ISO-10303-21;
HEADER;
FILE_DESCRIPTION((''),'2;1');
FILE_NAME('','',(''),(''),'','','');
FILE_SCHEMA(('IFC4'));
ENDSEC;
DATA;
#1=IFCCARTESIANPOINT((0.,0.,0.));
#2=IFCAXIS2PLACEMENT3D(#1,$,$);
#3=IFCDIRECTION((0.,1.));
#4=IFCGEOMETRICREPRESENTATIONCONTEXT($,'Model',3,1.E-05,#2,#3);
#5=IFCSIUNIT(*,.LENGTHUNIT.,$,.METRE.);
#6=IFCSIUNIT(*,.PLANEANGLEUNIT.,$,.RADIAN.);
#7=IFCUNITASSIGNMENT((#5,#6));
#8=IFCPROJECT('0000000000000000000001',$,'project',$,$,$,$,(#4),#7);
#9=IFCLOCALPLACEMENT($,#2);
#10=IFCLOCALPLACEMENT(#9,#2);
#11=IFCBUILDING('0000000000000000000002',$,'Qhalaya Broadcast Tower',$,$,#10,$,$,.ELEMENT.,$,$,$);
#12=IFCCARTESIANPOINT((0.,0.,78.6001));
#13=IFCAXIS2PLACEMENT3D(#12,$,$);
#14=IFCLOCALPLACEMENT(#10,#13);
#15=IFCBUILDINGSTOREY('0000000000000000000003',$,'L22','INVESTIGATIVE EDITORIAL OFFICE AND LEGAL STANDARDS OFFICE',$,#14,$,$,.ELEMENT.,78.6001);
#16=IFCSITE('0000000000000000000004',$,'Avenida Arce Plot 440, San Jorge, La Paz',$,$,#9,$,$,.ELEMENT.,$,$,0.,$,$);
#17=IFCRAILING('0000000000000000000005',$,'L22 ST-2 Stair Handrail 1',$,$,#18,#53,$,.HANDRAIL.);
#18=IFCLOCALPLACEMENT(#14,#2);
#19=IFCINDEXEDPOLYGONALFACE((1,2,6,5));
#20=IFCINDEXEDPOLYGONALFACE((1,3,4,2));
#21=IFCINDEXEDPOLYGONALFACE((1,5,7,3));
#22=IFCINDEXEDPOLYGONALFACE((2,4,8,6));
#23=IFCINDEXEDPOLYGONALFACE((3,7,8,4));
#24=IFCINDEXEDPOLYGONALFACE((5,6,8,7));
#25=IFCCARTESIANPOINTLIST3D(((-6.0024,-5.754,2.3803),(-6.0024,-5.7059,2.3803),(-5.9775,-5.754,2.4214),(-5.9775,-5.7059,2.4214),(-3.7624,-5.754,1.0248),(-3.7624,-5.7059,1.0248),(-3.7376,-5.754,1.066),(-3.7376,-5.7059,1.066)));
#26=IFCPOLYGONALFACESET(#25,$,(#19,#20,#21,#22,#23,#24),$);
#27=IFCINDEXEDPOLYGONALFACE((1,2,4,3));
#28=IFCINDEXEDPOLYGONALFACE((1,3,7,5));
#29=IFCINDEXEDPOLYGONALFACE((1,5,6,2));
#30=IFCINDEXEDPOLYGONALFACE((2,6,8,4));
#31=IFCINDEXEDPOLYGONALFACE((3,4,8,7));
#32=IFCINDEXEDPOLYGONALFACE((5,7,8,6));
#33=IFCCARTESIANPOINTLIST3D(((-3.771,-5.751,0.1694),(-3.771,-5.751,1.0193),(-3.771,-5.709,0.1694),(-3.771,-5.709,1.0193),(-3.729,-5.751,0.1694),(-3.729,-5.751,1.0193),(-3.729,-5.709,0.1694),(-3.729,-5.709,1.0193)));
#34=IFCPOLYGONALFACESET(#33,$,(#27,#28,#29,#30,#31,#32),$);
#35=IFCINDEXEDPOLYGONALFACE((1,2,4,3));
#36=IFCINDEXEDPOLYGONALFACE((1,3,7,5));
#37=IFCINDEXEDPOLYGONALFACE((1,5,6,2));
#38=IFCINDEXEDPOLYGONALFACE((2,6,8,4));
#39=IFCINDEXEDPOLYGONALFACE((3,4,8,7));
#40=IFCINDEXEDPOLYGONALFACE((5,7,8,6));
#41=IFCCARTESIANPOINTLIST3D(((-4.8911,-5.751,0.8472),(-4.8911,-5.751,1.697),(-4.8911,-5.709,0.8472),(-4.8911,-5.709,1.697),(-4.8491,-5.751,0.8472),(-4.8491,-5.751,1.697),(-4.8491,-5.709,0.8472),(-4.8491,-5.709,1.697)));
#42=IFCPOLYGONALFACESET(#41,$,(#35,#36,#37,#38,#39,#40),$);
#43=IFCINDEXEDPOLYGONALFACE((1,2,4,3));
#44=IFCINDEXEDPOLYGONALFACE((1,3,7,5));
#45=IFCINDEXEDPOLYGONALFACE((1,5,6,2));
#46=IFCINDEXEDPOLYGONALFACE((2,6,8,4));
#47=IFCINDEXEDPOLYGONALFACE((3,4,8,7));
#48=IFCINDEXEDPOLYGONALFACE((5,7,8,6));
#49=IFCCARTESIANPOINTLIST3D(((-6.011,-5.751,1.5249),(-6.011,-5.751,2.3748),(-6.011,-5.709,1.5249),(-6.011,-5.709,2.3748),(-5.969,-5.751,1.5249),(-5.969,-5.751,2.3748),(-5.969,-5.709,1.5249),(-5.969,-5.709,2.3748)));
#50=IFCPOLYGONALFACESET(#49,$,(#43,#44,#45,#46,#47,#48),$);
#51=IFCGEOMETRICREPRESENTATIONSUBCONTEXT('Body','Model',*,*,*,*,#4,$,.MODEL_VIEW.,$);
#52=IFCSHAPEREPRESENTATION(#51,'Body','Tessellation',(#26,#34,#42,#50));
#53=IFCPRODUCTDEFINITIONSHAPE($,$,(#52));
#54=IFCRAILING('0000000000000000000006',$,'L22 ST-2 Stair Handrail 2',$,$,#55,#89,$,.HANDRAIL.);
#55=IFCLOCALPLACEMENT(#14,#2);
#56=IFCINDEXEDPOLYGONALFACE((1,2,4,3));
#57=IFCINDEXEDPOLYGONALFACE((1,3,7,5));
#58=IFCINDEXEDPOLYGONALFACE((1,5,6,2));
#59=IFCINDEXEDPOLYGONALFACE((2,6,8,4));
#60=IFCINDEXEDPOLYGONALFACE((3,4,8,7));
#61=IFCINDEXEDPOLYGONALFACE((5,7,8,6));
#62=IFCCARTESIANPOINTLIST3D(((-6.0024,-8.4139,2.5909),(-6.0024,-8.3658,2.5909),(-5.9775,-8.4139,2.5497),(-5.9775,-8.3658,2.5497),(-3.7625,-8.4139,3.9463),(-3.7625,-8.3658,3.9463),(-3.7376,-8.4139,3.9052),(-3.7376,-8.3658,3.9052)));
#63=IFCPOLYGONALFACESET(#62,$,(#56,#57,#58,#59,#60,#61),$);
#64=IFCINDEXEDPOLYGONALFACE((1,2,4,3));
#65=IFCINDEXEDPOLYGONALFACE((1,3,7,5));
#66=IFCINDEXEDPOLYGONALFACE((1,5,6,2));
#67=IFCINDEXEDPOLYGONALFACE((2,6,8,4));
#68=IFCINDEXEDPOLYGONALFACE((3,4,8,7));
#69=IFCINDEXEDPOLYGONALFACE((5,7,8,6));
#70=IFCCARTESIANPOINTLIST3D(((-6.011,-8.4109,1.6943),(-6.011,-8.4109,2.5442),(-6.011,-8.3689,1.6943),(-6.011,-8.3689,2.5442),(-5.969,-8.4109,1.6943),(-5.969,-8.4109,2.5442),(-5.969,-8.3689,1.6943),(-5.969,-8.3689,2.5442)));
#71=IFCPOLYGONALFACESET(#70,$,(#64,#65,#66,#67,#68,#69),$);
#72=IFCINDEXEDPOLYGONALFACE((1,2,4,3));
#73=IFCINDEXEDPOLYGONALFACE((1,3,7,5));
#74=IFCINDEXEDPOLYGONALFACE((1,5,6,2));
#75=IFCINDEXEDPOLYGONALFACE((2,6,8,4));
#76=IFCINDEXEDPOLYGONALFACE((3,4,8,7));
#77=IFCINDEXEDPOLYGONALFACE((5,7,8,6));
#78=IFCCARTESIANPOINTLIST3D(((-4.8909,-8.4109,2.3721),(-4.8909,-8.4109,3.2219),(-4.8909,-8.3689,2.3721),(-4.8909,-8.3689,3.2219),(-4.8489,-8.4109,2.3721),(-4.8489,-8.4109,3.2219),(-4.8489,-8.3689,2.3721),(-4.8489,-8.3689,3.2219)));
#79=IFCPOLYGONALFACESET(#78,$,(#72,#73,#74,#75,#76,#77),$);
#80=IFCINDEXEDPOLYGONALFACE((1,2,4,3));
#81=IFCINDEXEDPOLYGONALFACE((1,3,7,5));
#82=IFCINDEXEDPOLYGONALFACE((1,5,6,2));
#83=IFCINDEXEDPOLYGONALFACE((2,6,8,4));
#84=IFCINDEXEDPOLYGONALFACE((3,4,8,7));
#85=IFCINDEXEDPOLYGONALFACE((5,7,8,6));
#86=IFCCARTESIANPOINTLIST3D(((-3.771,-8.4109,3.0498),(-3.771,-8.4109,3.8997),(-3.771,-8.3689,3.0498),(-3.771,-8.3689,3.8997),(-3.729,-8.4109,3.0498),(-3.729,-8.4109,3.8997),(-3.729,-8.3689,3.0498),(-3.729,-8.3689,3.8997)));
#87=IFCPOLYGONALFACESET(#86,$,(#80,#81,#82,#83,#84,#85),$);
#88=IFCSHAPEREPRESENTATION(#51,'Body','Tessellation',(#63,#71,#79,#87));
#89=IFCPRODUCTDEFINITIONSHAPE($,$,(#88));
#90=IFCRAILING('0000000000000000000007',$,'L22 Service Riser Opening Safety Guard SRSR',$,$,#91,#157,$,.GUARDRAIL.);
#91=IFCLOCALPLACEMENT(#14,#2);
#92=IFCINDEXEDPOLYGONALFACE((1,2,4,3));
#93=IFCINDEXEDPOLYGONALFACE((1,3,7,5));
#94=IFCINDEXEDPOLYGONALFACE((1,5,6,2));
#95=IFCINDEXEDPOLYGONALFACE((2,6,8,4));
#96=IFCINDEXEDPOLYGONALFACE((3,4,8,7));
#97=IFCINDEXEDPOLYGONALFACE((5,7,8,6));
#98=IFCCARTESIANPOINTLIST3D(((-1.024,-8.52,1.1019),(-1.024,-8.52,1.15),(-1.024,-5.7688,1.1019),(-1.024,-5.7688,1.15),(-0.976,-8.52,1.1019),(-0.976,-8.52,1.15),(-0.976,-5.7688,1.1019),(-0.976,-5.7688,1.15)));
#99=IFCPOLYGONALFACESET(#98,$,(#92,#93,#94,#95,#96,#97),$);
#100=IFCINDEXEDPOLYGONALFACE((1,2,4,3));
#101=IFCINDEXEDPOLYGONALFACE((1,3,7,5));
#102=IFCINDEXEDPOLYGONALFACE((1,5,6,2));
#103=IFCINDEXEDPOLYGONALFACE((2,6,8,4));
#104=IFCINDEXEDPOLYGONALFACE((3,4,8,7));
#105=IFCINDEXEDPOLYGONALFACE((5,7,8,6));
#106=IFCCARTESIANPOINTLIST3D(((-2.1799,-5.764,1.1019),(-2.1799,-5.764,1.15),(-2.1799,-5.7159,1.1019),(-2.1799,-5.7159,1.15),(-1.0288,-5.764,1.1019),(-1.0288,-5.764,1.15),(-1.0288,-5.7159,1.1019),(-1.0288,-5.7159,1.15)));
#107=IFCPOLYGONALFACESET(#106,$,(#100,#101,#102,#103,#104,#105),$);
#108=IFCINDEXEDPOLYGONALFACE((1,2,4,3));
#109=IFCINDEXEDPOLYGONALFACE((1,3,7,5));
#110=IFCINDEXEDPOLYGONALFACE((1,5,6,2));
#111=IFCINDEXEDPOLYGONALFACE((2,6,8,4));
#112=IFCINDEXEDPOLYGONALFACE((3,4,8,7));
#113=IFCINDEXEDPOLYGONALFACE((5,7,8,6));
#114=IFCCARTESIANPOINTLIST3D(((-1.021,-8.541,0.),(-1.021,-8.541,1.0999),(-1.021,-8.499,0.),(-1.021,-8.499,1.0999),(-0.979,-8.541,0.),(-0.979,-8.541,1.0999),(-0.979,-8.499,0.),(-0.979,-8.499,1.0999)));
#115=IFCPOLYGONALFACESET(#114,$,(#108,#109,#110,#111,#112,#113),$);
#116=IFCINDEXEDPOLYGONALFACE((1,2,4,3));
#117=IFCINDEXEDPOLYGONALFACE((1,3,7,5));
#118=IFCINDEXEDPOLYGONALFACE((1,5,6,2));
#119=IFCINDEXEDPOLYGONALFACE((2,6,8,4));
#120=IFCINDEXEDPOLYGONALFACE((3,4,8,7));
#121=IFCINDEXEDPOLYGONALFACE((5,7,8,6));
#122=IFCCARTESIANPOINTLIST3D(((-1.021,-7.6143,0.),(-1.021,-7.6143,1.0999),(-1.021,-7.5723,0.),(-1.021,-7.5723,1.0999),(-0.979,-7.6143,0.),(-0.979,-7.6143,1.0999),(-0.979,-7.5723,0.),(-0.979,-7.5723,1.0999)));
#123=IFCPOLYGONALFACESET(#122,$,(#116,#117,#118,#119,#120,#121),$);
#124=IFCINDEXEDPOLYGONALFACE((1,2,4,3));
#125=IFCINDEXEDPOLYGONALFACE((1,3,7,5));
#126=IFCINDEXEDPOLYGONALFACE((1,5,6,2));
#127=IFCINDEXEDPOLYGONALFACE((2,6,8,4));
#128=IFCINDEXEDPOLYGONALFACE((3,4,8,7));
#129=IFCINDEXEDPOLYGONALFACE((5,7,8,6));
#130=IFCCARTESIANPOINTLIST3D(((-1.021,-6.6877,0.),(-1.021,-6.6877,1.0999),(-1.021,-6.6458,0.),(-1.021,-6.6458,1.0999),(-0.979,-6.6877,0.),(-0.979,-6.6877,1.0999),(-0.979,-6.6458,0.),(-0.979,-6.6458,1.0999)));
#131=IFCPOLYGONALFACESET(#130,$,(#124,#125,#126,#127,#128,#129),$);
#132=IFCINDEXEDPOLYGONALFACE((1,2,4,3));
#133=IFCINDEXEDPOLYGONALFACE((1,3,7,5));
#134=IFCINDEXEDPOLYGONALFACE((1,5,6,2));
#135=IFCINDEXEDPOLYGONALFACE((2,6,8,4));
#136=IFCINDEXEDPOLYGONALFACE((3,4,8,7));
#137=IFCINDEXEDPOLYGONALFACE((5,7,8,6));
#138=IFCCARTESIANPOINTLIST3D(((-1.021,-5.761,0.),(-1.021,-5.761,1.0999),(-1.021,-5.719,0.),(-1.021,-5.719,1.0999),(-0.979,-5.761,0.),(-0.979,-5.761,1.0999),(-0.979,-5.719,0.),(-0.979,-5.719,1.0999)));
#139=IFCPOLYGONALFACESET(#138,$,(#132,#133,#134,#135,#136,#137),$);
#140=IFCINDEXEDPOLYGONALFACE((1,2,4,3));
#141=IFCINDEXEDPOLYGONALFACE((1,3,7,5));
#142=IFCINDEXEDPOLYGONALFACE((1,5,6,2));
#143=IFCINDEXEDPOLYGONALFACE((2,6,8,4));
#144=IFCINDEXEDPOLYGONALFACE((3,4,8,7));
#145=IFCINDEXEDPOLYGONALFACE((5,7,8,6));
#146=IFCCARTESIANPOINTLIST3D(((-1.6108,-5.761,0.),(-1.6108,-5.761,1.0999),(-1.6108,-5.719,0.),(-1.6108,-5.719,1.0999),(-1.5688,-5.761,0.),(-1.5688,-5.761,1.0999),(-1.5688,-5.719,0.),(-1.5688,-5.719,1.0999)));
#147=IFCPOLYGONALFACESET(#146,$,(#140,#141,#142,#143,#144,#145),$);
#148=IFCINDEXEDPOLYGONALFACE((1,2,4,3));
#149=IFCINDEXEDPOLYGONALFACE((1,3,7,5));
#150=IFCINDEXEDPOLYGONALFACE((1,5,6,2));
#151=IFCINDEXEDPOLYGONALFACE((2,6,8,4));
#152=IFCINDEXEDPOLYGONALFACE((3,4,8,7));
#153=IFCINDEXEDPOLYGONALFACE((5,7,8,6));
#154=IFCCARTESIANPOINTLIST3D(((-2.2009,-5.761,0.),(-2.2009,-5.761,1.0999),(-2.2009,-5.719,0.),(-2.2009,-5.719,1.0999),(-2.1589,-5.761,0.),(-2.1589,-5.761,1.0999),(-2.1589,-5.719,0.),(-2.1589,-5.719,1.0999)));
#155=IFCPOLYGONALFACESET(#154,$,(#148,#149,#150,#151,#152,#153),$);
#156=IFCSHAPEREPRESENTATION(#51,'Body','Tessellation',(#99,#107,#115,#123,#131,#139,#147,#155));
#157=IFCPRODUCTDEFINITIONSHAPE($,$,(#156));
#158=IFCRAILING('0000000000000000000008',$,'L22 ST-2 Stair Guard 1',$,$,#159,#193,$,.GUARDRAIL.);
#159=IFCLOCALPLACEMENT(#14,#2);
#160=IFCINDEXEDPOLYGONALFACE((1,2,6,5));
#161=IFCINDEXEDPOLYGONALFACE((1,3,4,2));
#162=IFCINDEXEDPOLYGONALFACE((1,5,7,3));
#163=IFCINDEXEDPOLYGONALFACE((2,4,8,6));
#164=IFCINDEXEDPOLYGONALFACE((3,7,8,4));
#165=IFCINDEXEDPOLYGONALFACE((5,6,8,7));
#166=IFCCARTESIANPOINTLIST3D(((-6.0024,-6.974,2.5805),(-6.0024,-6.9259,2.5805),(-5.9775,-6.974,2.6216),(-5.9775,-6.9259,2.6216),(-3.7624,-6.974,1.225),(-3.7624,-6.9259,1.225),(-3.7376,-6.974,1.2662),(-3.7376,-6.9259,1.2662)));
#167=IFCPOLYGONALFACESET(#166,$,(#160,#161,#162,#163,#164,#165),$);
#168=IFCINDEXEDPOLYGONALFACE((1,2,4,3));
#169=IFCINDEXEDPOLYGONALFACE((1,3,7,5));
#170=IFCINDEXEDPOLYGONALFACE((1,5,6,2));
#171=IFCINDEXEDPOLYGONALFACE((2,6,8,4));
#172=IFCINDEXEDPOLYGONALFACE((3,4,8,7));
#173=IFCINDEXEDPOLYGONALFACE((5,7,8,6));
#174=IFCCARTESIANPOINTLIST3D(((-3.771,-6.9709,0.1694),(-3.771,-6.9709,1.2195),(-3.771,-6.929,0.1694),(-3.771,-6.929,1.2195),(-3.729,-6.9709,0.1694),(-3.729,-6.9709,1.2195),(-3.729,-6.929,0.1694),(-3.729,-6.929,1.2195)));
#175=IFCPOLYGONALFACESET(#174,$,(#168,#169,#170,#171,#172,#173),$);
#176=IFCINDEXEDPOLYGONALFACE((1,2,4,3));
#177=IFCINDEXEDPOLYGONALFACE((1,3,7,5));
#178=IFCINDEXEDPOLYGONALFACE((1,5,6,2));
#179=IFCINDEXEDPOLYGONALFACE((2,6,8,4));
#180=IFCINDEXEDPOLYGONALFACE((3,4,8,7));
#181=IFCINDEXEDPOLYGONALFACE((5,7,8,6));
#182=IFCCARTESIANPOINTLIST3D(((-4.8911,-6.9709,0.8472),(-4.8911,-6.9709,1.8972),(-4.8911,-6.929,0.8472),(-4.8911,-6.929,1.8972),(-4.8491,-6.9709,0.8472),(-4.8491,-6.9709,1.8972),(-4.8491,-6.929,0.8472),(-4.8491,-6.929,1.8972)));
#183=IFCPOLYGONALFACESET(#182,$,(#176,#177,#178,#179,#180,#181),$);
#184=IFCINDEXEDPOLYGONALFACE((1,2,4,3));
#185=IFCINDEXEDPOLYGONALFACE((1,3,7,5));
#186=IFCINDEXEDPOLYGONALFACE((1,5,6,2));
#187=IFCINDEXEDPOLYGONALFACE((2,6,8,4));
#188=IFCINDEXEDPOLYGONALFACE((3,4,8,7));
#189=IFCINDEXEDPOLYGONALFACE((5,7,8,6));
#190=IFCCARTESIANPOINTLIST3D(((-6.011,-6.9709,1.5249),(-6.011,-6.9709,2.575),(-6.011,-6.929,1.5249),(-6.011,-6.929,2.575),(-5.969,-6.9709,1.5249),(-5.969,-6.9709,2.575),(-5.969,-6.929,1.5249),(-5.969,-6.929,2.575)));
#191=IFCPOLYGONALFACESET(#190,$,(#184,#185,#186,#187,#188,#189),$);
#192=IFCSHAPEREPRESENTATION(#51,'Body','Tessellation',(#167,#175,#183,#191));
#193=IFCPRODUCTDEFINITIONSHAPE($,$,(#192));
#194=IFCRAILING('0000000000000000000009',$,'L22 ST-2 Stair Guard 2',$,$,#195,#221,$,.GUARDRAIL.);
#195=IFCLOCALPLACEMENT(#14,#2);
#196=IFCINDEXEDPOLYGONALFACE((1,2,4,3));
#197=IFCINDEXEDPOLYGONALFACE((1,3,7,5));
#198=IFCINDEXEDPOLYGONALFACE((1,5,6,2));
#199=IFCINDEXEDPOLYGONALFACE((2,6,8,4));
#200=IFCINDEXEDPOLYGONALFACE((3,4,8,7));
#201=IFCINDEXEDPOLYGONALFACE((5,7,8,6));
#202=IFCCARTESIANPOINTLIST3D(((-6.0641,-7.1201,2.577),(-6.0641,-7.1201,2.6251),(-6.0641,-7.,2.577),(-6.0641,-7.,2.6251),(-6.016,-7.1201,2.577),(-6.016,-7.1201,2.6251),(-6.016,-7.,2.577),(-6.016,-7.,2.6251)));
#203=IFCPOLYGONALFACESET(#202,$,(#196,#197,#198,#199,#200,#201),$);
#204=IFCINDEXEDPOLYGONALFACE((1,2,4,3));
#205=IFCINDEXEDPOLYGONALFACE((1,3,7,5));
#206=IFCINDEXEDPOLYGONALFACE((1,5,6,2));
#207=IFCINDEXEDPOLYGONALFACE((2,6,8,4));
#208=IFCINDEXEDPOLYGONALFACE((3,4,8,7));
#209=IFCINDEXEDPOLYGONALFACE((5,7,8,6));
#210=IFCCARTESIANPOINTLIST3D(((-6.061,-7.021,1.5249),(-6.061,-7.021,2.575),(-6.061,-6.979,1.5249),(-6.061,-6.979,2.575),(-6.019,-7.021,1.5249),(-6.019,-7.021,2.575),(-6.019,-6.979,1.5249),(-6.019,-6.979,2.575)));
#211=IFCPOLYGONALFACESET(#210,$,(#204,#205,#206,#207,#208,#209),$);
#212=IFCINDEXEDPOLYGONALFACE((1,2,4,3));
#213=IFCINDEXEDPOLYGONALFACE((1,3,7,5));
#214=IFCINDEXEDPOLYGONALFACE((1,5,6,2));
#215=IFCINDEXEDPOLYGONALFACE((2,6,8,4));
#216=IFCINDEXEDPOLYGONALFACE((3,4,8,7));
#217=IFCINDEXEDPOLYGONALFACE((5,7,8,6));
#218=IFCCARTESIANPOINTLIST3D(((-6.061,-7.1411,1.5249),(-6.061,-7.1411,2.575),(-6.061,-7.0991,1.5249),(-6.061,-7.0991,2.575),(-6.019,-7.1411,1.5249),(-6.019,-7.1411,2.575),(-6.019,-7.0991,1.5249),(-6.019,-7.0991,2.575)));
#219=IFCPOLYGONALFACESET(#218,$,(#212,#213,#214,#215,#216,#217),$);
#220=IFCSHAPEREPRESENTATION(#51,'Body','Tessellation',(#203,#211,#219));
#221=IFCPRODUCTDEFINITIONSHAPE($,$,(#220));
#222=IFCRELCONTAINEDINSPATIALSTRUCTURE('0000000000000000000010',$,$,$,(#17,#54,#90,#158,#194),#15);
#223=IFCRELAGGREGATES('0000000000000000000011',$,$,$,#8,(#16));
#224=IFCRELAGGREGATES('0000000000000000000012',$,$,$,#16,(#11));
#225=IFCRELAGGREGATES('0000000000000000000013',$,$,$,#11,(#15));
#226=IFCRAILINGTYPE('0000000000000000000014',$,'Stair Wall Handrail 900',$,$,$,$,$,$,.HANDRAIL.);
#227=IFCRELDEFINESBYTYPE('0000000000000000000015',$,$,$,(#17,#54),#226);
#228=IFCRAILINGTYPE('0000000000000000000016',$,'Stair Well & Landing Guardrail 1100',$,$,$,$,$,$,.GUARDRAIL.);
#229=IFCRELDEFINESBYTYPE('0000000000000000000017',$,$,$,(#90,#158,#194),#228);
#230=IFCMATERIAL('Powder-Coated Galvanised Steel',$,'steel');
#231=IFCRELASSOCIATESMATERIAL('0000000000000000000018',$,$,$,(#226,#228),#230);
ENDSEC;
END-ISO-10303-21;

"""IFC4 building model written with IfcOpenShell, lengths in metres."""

from ifc_helpers import new_model, si_unit, direction, frame, origin, origin_2d, place, context, subcontext, project, spatial, rectangle, extrude, material, type_object, element, save


model = new_model("IFC4")

# Units and contexts
model_context = context("Model", 3, precision=1e-05, world=origin(), true_north=direction((0.0, 1.0)))
body_context = subcontext(model_context, "Body", "Model", "MODEL_VIEW")
ifc_project = project(units=[si_unit("LENGTHUNIT", "METRE"), si_unit("PLANEANGLEUNIT", "RADIAN")], contexts=[model_context])

# Site, building, storey
site_placement = place(None, origin())
site = spatial("IfcSite", under=ifc_project, at=site_placement, Name="Avenida Arce Plot 440, San Jorge, La Paz", CompositionType="ELEMENT", RefElevation=0.0)
building_placement = place(site_placement, origin())
building = spatial("IfcBuilding", under=site, at=building_placement, Name="Qhalaya Broadcast Tower", CompositionType="ELEMENT")
storey_placement = place(building_placement, frame((0.0, 0.0, 78.6001)))
storey = spatial("IfcBuildingStorey", under=building, at=storey_placement, Name="L22", Description="INVESTIGATIVE EDITORIAL OFFICE AND LEGAL STANDARDS OFFICE", CompositionType="ELEMENT", Elevation=78.6001)

# Railings
ifc_material_1 = material(Name="Powder-Coated Galvanised Steel", Category="steel")
railing_type_1 = type_object("IfcRailingType", Name="Stair Wall Handrail 900", PredefinedType="HANDRAIL", material=ifc_material_1)
railing_1_placement = place(storey_placement, frame((-3.75, -5.73, 0.1694)))
element("IfcRailing", 1, at=railing_1_placement, inside=storey, type_object=railing_type_1, Name="L22 ST-2 Stair Handrail 1", PredefinedType="HANDRAIL", context=body_context, shape_type="SweptSolid", body=[
    extrude(rectangle(XDim=0.0481, YDim=0.0481, at=origin_2d()), frame((0.0, 0.0, 0.876), z_axis=(-0.855553, 0.0, 0.517715), x_axis=(0.0, -1.0, 0.0)), (0.0, 0.0, 1.0), 2.6182),
    extrude(rectangle(XDim=0.042, YDim=0.042, at=origin_2d()), origin(), (0.0, 0.0, 1.0), 0.8499),
    extrude(rectangle(XDim=0.042, YDim=0.042, at=origin_2d()), frame((-1.1201, 0.0, 0.6777)), (0.0, 0.0, 1.0), 0.8499),
    extrude(rectangle(XDim=0.042, YDim=0.042, at=origin_2d()), frame((-2.24, 0.0, 1.3555)), (0.0, 0.0, 1.0), 0.8499),
])
railing_2_placement = place(storey_placement, frame((-5.99, -8.3899, 1.6943)))
element("IfcRailing", 2, at=railing_2_placement, inside=storey, type_object=railing_type_1, Name="L22 ST-2 Stair Handrail 2", PredefinedType="HANDRAIL", context=body_context, shape_type="SweptSolid", body=[
    extrude(rectangle(XDim=0.0481, YDim=0.0481, at=origin_2d()), frame((0.0, 0.0, 0.876), z_axis=(0.855553, 0.0, 0.517715), x_axis=(0.0, 1.0, 0.0)), (0.0, 0.0, 1.0), 2.6182),
    extrude(rectangle(XDim=0.042, YDim=0.042, at=origin_2d()), origin(), (0.0, 0.0, 1.0), 0.8499),
    extrude(rectangle(XDim=0.042, YDim=0.042, at=origin_2d()), frame((1.1201, 0.0, 0.6777)), (0.0, 0.0, 1.0), 0.8499),
    extrude(rectangle(XDim=0.042, YDim=0.042, at=origin_2d()), frame((2.24, 0.0, 1.3555)), (0.0, 0.0, 1.0), 0.8499),
])
railing_type_2 = type_object("IfcRailingType", Name="Stair Well & Landing Guardrail 1100", PredefinedType="GUARDRAIL", material=ifc_material_1)
railing_3_placement = place(storey_placement, frame((-1.0, -8.52, 0.0)))
element("IfcRailing", 3, at=railing_3_placement, inside=storey, type_object=railing_type_2, Name="L22 Service Riser Opening Safety Guard SRSR", PredefinedType="GUARDRAIL", context=body_context, shape_type="SweptSolid", body=[
    extrude(rectangle(XDim=0.0481, YDim=0.0481, at=origin_2d()), frame((0.0, 0.0, 1.126), z_axis=(0.0, 1.0, 0.0), x_axis=(-1.0, 0.0, 0.0)), (0.0, 0.0, 1.0), 2.7512),
    extrude(rectangle(XDim=0.0481, YDim=0.0481, at=origin_2d()), frame((-0.0288, 2.78, 1.126), z_axis=(-1.0, 0.0, 0.0), x_axis=(0.0, -1.0, 0.0)), (0.0, 0.0, 1.0), 1.1511),
    extrude(rectangle(XDim=0.042, YDim=0.042, at=origin_2d()), origin(), (0.0, 0.0, 1.0), 1.0999),
    extrude(rectangle(XDim=0.042, YDim=0.042, at=origin_2d()), frame((0.0, 0.9268, 0.0)), (0.0, 0.0, 1.0), 1.0999),
    extrude(rectangle(XDim=0.042, YDim=0.042, at=origin_2d()), frame((0.0, 1.8533, 0.0)), (0.0, 0.0, 1.0), 1.0999),
    extrude(rectangle(XDim=0.042, YDim=0.042, at=origin_2d()), frame((0.0, 2.78, 0.0)), (0.0, 0.0, 1.0), 1.0999),
    extrude(rectangle(XDim=0.042, YDim=0.042, at=origin_2d()), frame((-0.5898, 2.78, 0.0)), (0.0, 0.0, 1.0), 1.0999),
    extrude(rectangle(XDim=0.042, YDim=0.042, at=origin_2d()), frame((-1.1799, 2.78, 0.0)), (0.0, 0.0, 1.0), 1.0999),
])
railing_4_placement = place(storey_placement, frame((-3.75, -6.95, 0.1694)))
element("IfcRailing", 4, at=railing_4_placement, inside=storey, type_object=railing_type_2, Name="L22 ST-2 Stair Guard 1", PredefinedType="GUARDRAIL", context=body_context, shape_type="SweptSolid", body=[
    extrude(rectangle(XDim=0.0481, YDim=0.0481, at=origin_2d()), frame((0.0, 0.0, 1.0762), z_axis=(-0.855553, 0.0, 0.517715), x_axis=(0.0, -1.0, 0.0)), (0.0, 0.0, 1.0), 2.6182),
    extrude(rectangle(XDim=0.042, YDim=0.042, at=origin_2d()), origin(), (0.0, 0.0, 1.0), 1.05),
    extrude(rectangle(XDim=0.042, YDim=0.042, at=origin_2d()), frame((-1.1201, 0.0, 0.6777)), (0.0, 0.0, 1.0), 1.05),
    extrude(rectangle(XDim=0.042, YDim=0.042, at=origin_2d()), frame((-2.24, 0.0, 1.3555)), (0.0, 0.0, 1.0), 1.05),
])
railing_5_placement = place(storey_placement, frame((-6.04, -7.0, 1.5249)))
element("IfcRailing", 5, at=railing_5_placement, inside=storey, type_object=railing_type_2, Name="L22 ST-2 Stair Guard 2", PredefinedType="GUARDRAIL", context=body_context, shape_type="SweptSolid", body=[
    extrude(rectangle(XDim=0.0481, YDim=0.0481, at=origin_2d()), frame((0.0, 0.0, 1.0762), z_axis=(0.0, -1.0, 0.0), x_axis=(1.0, 0.0, 0.0)), (0.0, 0.0, 1.0), 0.1201),
    extrude(rectangle(XDim=0.042, YDim=0.042, at=origin_2d()), origin(), (0.0, 0.0, 1.0), 1.05),
    extrude(rectangle(XDim=0.042, YDim=0.042, at=origin_2d()), frame((0.0, -0.1201, 0.0)), (0.0, 0.0, 1.0), 1.05),
])

save(model, "model.ifc")
